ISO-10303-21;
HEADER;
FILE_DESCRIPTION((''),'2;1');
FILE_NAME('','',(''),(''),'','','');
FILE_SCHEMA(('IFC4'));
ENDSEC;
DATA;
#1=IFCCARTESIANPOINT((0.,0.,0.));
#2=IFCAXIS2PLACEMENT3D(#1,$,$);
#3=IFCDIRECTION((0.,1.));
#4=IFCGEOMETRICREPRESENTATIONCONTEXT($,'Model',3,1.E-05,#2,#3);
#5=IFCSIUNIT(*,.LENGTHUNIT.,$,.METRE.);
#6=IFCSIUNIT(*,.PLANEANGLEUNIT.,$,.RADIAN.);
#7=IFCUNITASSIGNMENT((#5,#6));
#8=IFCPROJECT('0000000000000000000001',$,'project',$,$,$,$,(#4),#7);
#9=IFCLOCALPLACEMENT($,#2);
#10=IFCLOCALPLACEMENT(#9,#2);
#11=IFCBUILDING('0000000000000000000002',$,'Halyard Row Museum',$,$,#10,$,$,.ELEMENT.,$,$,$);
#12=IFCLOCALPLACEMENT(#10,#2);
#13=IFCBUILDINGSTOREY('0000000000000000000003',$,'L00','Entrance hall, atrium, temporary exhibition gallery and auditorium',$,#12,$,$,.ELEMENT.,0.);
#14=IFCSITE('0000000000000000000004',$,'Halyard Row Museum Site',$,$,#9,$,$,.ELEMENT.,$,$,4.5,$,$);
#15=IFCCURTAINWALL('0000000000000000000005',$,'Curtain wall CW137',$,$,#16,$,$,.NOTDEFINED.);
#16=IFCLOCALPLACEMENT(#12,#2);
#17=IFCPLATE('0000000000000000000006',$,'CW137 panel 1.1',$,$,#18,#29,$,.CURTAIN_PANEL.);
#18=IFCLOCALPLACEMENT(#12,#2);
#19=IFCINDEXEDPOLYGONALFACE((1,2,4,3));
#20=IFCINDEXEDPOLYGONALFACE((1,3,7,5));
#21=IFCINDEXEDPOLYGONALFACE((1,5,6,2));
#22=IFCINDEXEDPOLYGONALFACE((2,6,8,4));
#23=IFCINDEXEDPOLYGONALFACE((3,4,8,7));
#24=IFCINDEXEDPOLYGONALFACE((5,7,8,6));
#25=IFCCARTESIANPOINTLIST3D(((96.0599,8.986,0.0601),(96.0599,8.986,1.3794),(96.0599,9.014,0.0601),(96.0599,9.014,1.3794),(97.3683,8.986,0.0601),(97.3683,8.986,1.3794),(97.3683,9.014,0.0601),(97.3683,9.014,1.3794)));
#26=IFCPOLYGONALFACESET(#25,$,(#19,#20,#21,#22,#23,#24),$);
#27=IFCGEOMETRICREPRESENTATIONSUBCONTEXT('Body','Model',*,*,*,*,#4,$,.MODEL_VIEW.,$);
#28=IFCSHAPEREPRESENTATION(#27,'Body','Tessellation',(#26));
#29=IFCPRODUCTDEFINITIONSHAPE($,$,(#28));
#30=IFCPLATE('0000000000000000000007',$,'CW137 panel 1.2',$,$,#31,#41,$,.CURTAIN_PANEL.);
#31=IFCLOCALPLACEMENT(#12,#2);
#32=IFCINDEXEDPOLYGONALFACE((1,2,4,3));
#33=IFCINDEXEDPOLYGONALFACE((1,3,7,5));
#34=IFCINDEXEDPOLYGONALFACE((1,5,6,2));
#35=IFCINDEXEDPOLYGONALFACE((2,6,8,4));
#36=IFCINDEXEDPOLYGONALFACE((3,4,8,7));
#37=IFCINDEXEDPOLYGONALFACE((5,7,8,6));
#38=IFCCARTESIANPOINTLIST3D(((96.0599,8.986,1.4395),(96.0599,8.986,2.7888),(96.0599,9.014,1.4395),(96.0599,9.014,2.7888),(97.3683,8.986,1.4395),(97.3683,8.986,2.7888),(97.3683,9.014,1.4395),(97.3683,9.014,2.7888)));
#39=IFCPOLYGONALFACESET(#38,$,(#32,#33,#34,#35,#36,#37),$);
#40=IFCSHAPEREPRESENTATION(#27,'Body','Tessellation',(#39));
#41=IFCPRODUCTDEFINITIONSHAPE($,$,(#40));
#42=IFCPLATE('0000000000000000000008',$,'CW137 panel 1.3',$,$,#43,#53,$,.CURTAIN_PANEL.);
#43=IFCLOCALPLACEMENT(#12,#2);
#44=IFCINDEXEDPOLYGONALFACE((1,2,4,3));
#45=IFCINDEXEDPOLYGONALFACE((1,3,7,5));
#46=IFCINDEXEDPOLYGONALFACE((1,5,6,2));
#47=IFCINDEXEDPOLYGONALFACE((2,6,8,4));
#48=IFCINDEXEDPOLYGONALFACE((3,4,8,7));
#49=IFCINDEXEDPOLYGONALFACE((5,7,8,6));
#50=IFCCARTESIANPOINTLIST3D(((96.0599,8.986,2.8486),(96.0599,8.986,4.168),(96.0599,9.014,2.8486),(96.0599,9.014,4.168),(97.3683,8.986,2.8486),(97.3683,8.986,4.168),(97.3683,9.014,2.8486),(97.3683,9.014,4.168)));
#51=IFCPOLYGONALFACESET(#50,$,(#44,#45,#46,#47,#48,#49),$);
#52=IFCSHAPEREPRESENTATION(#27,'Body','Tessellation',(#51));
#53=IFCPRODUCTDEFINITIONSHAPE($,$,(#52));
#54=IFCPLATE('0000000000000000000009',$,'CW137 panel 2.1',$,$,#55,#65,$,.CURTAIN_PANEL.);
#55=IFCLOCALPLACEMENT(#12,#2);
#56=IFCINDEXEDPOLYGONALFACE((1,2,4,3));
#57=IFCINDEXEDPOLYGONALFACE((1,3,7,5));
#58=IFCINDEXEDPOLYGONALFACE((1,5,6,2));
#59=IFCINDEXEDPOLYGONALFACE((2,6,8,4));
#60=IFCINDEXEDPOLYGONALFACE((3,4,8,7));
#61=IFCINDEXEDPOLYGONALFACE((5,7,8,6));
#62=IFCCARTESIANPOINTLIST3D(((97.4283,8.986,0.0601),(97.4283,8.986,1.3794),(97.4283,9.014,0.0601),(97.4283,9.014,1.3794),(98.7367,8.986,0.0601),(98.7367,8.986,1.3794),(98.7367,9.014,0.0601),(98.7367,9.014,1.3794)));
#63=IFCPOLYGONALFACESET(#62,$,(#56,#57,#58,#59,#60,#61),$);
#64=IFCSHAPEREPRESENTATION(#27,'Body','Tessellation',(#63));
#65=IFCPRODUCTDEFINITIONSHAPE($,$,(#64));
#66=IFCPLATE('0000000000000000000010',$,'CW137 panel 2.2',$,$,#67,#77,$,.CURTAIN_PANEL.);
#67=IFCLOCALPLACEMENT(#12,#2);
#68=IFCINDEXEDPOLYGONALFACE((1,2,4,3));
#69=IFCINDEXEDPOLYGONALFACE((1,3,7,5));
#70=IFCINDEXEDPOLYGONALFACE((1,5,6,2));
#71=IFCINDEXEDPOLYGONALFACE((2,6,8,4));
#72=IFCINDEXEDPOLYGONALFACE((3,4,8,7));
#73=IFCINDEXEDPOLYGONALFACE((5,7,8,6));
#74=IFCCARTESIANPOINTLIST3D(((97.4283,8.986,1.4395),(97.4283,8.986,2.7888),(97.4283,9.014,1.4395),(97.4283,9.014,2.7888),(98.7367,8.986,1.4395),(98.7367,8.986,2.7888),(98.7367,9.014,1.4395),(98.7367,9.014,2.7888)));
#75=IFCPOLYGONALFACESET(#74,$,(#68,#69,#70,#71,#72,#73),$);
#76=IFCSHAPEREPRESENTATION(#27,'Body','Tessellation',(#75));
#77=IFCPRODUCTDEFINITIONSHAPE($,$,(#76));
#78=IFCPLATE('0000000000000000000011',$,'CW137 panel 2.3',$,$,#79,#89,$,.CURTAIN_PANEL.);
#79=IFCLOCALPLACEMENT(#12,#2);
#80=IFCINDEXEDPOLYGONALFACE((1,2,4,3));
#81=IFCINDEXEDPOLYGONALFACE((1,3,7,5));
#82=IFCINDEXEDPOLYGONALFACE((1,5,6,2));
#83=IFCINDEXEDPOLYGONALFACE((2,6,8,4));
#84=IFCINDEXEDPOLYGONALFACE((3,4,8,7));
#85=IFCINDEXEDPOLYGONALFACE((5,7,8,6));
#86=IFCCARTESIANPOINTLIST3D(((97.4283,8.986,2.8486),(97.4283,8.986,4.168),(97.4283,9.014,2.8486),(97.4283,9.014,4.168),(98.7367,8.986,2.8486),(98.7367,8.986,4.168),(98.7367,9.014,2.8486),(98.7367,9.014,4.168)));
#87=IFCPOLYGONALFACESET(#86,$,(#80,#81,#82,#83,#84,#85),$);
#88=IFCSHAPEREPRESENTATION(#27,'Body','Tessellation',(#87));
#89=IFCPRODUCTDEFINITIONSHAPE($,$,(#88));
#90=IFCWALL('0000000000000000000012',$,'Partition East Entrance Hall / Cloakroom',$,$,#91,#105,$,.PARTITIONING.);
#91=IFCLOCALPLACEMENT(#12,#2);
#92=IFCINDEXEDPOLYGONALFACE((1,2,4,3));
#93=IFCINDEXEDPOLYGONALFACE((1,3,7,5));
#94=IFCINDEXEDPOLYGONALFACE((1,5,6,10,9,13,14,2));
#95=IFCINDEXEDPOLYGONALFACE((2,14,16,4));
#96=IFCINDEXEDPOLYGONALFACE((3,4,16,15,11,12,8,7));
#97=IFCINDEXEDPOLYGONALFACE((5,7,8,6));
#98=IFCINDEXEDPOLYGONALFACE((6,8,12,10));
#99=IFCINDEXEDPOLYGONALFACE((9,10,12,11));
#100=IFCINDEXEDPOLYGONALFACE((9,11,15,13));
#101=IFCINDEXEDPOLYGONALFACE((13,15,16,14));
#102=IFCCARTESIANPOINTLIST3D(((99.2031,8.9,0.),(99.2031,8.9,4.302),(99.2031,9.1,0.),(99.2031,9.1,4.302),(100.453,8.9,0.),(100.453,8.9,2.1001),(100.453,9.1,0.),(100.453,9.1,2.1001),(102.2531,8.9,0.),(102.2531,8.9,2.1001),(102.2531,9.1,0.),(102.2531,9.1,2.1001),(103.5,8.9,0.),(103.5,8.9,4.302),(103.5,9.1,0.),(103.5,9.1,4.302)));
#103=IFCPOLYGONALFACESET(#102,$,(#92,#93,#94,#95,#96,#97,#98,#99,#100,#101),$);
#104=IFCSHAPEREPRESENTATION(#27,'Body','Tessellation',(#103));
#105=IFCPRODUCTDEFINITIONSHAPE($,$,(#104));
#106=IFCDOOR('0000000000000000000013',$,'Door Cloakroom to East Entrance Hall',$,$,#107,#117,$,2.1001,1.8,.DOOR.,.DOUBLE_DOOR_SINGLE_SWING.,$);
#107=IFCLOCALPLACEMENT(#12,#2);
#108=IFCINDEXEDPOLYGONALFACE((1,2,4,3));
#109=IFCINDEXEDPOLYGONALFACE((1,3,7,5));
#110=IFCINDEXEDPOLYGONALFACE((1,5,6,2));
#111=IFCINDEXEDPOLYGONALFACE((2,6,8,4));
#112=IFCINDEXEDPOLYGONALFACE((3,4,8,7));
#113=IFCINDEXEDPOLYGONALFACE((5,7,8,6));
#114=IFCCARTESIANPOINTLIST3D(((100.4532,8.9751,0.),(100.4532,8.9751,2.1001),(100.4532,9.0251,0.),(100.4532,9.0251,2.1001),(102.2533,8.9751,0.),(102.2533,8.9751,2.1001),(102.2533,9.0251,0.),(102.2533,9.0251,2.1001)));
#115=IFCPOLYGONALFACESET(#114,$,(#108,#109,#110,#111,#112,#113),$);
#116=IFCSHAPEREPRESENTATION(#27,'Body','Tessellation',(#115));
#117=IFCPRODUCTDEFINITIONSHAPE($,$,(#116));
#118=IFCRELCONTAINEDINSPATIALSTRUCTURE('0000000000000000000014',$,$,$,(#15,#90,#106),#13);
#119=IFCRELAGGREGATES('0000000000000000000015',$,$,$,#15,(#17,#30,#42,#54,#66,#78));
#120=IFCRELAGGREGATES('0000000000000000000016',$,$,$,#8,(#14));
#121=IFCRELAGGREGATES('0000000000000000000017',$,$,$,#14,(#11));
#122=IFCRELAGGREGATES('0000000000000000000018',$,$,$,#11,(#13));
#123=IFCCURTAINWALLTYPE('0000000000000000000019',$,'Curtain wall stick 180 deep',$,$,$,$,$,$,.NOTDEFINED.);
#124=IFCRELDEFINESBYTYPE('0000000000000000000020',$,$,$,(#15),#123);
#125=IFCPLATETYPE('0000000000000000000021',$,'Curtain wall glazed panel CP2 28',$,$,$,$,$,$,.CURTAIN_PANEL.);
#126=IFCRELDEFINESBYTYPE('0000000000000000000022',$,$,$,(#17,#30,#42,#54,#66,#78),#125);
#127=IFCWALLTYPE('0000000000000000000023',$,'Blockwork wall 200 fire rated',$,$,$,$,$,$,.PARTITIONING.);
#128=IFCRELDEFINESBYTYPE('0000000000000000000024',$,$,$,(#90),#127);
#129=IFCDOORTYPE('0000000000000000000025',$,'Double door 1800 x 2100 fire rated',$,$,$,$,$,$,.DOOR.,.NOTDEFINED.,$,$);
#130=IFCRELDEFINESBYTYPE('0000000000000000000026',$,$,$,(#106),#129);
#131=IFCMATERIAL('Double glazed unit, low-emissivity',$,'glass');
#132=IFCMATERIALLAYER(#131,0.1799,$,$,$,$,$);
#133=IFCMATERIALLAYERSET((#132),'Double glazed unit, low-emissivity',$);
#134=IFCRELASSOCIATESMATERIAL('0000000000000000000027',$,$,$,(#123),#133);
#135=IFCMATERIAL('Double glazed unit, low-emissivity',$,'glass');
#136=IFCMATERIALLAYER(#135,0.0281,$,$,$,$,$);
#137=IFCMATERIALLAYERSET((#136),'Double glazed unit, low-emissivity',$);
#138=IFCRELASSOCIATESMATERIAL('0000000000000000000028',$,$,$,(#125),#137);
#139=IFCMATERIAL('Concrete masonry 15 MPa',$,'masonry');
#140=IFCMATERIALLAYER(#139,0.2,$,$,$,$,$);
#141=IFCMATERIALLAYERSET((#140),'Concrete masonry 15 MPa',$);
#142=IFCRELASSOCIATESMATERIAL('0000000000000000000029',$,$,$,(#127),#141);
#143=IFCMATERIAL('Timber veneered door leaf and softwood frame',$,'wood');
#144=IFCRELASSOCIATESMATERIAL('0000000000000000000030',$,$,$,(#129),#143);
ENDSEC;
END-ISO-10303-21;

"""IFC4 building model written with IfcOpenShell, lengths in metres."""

from ifc_helpers import new_model, si_unit, direction, frame, frame_2d, origin, origin_2d, place, context, subcontext, project, spatial, rectangle, extrude, material, layer, layer_set, type_object, element, fill, aggregate, save


model = new_model("IFC4")

# Units and contexts
model_context = context("Model", 3, precision=1e-05, world=origin(), true_north=direction((0.0, 1.0)))
body_context = subcontext(model_context, "Body", "Model", "MODEL_VIEW")
ifc_project = project(units=[si_unit("LENGTHUNIT", "METRE"), si_unit("PLANEANGLEUNIT", "RADIAN")], contexts=[model_context])

# Site, building, storey
site_placement = place(None, origin())
site = spatial("IfcSite", under=ifc_project, at=site_placement, Name="Halyard Row Museum Site", CompositionType="ELEMENT", RefElevation=4.5)
building_placement = place(site_placement, origin())
building = spatial("IfcBuilding", under=site, at=building_placement, Name="Halyard Row Museum", CompositionType="ELEMENT")
storey_placement = place(building_placement, origin())
storey = spatial("IfcBuildingStorey", under=building, at=storey_placement, Name="L00", Description="Entrance hall, atrium, temporary exhibition gallery and auditorium", CompositionType="ELEMENT", Elevation=0.0)

# Curtain wall
ifc_material_1 = material(Name="Double glazed unit, low-emissivity", Category="glass")
ifc_layer_1 = layer(ifc_material_1, 0.1799)
ifc_layer_set_1 = layer_set([ifc_layer_1], Name="Double glazed unit, low-emissivity")
curtain_wall_type = type_object("IfcCurtainWallType", Name="Curtain wall stick 180 deep", PredefinedType="NOTDEFINED", material=ifc_layer_set_1)
curtain_wall_placement = place(storey_placement, origin())
curtain_wall = element("IfcCurtainWall", 1, at=curtain_wall_placement, inside=storey, type_object=curtain_wall_type, Name="Curtain wall CW137", PredefinedType="NOTDEFINED")

# Plates
ifc_material_2 = material(Name="Double glazed unit, low-emissivity", Category="glass")
ifc_layer_2 = layer(ifc_material_2, 0.0281)
ifc_layer_set_2 = layer_set([ifc_layer_2], Name="Double glazed unit, low-emissivity")
plate_type = type_object("IfcPlateType", Name="Curtain wall glazed panel CP2 28", PredefinedType="CURTAIN_PANEL", material=ifc_layer_set_2)
plate_1_placement = place(storey_placement, frame((96.7141, 9.0, 0.0601), z_axis=(0.0, 0.0, 1.0), x_axis=(1.0, 0.0, 0.0)))
plate_1 = element("IfcPlate", 2, at=plate_1_placement, type_object=plate_type, Name="CW137 panel 1.1", PredefinedType="CURTAIN_PANEL", context=body_context, shape_type="SweptSolid", body=[
    extrude(rectangle(XDim=1.3083, YDim=0.0281, at=origin_2d()), origin(), (0.0, 0.0, 1.0), 1.3193),
])
plate_2_placement = place(storey_placement, frame((96.7141, 9.0, 1.4395), z_axis=(0.0, 0.0, 1.0), x_axis=(1.0, 0.0, 0.0)))
plate_2 = element("IfcPlate", 3, at=plate_2_placement, type_object=plate_type, Name="CW137 panel 1.2", PredefinedType="CURTAIN_PANEL", context=body_context, shape_type="SweptSolid", body=[
    extrude(rectangle(XDim=1.3083, YDim=0.0281, at=origin_2d()), origin(), (0.0, 0.0, 1.0), 1.3494),
])
plate_3_placement = place(storey_placement, frame((96.7141, 9.0, 2.8486), z_axis=(0.0, 0.0, 1.0), x_axis=(1.0, 0.0, 0.0)))
plate_3 = element("IfcPlate", 4, at=plate_3_placement, type_object=plate_type, Name="CW137 panel 1.3", PredefinedType="CURTAIN_PANEL", context=body_context, shape_type="SweptSolid", body=[
    extrude(rectangle(XDim=1.3083, YDim=0.0281, at=origin_2d()), origin(), (0.0, 0.0, 1.0), 1.3193),
])
plate_4_placement = place(storey_placement, frame((98.0825, 9.0, 0.0601), z_axis=(0.0, 0.0, 1.0), x_axis=(1.0, 0.0, 0.0)))
plate_4 = element("IfcPlate", 5, at=plate_4_placement, type_object=plate_type, Name="CW137 panel 2.1", PredefinedType="CURTAIN_PANEL", context=body_context, shape_type="SweptSolid", body=[
    extrude(rectangle(XDim=1.3083, YDim=0.0281, at=origin_2d()), origin(), (0.0, 0.0, 1.0), 1.3193),
])
plate_5_placement = place(storey_placement, frame((98.0825, 9.0, 1.4395), z_axis=(0.0, 0.0, 1.0), x_axis=(1.0, 0.0, 0.0)))
plate_5 = element("IfcPlate", 6, at=plate_5_placement, type_object=plate_type, Name="CW137 panel 2.2", PredefinedType="CURTAIN_PANEL", context=body_context, shape_type="SweptSolid", body=[
    extrude(rectangle(XDim=1.3083, YDim=0.0281, at=origin_2d()), origin(), (0.0, 0.0, 1.0), 1.3494),
])
plate_6_placement = place(storey_placement, frame((98.0825, 9.0, 2.8486), z_axis=(0.0, 0.0, 1.0), x_axis=(1.0, 0.0, 0.0)))
plate_6 = element("IfcPlate", 7, at=plate_6_placement, type_object=plate_type, Name="CW137 panel 2.3", PredefinedType="CURTAIN_PANEL", context=body_context, shape_type="SweptSolid", body=[
    extrude(rectangle(XDim=1.3083, YDim=0.0281, at=origin_2d()), origin(), (0.0, 0.0, 1.0), 1.3193),
])
aggregate(curtain_wall, [plate_1, plate_2, plate_3, plate_4, plate_5, plate_6])

# Wall, opening, door
ifc_material_3 = material(Name="Concrete masonry 15 MPa", Category="masonry")
ifc_layer_3 = layer(ifc_material_3, 0.2)
ifc_layer_set_3 = layer_set([ifc_layer_3], Name="Concrete masonry 15 MPa")
wall_type = type_object("IfcWallType", Name="Blockwork wall 200 fire rated", PredefinedType="PARTITIONING", material=ifc_layer_set_3)
wall_placement = place(storey_placement, frame((99.2031, 9.0, 0.0), z_axis=(0.0, 0.0, 1.0), x_axis=(1.0, 0.0, 0.0)))
wall = element("IfcWall", 8, at=wall_placement, inside=storey, type_object=wall_type, Name="Partition East Entrance Hall / Cloakroom", PredefinedType="PARTITIONING", context=body_context, shape_type="SweptSolid", body=[
    extrude(rectangle(XDim=4.2969, YDim=0.2, at=frame_2d((2.1484, 0.0))), origin(), (0.0, 0.0, 1.0), 4.302),
])
opening_placement = place(wall_placement, frame((1.25, 0.0, 0.0)))
opening = element("IfcOpeningElement", 9, at=opening_placement, cuts=wall, PredefinedType="OPENING", context=body_context, shape_type="SweptSolid", body=[
    extrude(rectangle(XDim=1.8, YDim=2.1001, at=frame_2d((0.8999, 1.05))), frame((0.0, 0.1099, 0.0), z_axis=(0.0, -1.0, 0.0), x_axis=(1.0, 0.0, 0.0)), (0.0, 0.0, 1.0), 0.22),
])
ifc_material_4 = material(Name="Timber veneered door leaf and softwood frame", Category="wood")
door_type = type_object("IfcDoorType", Name="Double door 1800 x 2100 fire rated", OperationType="NOTDEFINED", PredefinedType="DOOR", material=ifc_material_4)
door_placement = place(opening_placement, frame((1.8, 0.0, 0.0), z_axis=(0.0, 0.0, 1.0), x_axis=(-1.0, 0.0, 0.0)))
door = element("IfcDoor", 10, at=door_placement, inside=storey, type_object=door_type, Name="Door Cloakroom to East Entrance Hall", OperationType="DOUBLE_DOOR_SINGLE_SWING", OverallHeight=2.1001, OverallWidth=1.8, PredefinedType="DOOR", context=body_context, shape_type="SweptSolid", body=[
    extrude(rectangle(XDim=1.8, YDim=2.1001, at=frame_2d((0.8999, 1.05))), frame((0.0, 0.0249, 0.0), z_axis=(0.0, -1.0, 0.0), x_axis=(1.0, 0.0, 0.0)), (0.0, 0.0, 1.0), 0.05),
])
fill(opening, door)

save(model, "model.ifc")
